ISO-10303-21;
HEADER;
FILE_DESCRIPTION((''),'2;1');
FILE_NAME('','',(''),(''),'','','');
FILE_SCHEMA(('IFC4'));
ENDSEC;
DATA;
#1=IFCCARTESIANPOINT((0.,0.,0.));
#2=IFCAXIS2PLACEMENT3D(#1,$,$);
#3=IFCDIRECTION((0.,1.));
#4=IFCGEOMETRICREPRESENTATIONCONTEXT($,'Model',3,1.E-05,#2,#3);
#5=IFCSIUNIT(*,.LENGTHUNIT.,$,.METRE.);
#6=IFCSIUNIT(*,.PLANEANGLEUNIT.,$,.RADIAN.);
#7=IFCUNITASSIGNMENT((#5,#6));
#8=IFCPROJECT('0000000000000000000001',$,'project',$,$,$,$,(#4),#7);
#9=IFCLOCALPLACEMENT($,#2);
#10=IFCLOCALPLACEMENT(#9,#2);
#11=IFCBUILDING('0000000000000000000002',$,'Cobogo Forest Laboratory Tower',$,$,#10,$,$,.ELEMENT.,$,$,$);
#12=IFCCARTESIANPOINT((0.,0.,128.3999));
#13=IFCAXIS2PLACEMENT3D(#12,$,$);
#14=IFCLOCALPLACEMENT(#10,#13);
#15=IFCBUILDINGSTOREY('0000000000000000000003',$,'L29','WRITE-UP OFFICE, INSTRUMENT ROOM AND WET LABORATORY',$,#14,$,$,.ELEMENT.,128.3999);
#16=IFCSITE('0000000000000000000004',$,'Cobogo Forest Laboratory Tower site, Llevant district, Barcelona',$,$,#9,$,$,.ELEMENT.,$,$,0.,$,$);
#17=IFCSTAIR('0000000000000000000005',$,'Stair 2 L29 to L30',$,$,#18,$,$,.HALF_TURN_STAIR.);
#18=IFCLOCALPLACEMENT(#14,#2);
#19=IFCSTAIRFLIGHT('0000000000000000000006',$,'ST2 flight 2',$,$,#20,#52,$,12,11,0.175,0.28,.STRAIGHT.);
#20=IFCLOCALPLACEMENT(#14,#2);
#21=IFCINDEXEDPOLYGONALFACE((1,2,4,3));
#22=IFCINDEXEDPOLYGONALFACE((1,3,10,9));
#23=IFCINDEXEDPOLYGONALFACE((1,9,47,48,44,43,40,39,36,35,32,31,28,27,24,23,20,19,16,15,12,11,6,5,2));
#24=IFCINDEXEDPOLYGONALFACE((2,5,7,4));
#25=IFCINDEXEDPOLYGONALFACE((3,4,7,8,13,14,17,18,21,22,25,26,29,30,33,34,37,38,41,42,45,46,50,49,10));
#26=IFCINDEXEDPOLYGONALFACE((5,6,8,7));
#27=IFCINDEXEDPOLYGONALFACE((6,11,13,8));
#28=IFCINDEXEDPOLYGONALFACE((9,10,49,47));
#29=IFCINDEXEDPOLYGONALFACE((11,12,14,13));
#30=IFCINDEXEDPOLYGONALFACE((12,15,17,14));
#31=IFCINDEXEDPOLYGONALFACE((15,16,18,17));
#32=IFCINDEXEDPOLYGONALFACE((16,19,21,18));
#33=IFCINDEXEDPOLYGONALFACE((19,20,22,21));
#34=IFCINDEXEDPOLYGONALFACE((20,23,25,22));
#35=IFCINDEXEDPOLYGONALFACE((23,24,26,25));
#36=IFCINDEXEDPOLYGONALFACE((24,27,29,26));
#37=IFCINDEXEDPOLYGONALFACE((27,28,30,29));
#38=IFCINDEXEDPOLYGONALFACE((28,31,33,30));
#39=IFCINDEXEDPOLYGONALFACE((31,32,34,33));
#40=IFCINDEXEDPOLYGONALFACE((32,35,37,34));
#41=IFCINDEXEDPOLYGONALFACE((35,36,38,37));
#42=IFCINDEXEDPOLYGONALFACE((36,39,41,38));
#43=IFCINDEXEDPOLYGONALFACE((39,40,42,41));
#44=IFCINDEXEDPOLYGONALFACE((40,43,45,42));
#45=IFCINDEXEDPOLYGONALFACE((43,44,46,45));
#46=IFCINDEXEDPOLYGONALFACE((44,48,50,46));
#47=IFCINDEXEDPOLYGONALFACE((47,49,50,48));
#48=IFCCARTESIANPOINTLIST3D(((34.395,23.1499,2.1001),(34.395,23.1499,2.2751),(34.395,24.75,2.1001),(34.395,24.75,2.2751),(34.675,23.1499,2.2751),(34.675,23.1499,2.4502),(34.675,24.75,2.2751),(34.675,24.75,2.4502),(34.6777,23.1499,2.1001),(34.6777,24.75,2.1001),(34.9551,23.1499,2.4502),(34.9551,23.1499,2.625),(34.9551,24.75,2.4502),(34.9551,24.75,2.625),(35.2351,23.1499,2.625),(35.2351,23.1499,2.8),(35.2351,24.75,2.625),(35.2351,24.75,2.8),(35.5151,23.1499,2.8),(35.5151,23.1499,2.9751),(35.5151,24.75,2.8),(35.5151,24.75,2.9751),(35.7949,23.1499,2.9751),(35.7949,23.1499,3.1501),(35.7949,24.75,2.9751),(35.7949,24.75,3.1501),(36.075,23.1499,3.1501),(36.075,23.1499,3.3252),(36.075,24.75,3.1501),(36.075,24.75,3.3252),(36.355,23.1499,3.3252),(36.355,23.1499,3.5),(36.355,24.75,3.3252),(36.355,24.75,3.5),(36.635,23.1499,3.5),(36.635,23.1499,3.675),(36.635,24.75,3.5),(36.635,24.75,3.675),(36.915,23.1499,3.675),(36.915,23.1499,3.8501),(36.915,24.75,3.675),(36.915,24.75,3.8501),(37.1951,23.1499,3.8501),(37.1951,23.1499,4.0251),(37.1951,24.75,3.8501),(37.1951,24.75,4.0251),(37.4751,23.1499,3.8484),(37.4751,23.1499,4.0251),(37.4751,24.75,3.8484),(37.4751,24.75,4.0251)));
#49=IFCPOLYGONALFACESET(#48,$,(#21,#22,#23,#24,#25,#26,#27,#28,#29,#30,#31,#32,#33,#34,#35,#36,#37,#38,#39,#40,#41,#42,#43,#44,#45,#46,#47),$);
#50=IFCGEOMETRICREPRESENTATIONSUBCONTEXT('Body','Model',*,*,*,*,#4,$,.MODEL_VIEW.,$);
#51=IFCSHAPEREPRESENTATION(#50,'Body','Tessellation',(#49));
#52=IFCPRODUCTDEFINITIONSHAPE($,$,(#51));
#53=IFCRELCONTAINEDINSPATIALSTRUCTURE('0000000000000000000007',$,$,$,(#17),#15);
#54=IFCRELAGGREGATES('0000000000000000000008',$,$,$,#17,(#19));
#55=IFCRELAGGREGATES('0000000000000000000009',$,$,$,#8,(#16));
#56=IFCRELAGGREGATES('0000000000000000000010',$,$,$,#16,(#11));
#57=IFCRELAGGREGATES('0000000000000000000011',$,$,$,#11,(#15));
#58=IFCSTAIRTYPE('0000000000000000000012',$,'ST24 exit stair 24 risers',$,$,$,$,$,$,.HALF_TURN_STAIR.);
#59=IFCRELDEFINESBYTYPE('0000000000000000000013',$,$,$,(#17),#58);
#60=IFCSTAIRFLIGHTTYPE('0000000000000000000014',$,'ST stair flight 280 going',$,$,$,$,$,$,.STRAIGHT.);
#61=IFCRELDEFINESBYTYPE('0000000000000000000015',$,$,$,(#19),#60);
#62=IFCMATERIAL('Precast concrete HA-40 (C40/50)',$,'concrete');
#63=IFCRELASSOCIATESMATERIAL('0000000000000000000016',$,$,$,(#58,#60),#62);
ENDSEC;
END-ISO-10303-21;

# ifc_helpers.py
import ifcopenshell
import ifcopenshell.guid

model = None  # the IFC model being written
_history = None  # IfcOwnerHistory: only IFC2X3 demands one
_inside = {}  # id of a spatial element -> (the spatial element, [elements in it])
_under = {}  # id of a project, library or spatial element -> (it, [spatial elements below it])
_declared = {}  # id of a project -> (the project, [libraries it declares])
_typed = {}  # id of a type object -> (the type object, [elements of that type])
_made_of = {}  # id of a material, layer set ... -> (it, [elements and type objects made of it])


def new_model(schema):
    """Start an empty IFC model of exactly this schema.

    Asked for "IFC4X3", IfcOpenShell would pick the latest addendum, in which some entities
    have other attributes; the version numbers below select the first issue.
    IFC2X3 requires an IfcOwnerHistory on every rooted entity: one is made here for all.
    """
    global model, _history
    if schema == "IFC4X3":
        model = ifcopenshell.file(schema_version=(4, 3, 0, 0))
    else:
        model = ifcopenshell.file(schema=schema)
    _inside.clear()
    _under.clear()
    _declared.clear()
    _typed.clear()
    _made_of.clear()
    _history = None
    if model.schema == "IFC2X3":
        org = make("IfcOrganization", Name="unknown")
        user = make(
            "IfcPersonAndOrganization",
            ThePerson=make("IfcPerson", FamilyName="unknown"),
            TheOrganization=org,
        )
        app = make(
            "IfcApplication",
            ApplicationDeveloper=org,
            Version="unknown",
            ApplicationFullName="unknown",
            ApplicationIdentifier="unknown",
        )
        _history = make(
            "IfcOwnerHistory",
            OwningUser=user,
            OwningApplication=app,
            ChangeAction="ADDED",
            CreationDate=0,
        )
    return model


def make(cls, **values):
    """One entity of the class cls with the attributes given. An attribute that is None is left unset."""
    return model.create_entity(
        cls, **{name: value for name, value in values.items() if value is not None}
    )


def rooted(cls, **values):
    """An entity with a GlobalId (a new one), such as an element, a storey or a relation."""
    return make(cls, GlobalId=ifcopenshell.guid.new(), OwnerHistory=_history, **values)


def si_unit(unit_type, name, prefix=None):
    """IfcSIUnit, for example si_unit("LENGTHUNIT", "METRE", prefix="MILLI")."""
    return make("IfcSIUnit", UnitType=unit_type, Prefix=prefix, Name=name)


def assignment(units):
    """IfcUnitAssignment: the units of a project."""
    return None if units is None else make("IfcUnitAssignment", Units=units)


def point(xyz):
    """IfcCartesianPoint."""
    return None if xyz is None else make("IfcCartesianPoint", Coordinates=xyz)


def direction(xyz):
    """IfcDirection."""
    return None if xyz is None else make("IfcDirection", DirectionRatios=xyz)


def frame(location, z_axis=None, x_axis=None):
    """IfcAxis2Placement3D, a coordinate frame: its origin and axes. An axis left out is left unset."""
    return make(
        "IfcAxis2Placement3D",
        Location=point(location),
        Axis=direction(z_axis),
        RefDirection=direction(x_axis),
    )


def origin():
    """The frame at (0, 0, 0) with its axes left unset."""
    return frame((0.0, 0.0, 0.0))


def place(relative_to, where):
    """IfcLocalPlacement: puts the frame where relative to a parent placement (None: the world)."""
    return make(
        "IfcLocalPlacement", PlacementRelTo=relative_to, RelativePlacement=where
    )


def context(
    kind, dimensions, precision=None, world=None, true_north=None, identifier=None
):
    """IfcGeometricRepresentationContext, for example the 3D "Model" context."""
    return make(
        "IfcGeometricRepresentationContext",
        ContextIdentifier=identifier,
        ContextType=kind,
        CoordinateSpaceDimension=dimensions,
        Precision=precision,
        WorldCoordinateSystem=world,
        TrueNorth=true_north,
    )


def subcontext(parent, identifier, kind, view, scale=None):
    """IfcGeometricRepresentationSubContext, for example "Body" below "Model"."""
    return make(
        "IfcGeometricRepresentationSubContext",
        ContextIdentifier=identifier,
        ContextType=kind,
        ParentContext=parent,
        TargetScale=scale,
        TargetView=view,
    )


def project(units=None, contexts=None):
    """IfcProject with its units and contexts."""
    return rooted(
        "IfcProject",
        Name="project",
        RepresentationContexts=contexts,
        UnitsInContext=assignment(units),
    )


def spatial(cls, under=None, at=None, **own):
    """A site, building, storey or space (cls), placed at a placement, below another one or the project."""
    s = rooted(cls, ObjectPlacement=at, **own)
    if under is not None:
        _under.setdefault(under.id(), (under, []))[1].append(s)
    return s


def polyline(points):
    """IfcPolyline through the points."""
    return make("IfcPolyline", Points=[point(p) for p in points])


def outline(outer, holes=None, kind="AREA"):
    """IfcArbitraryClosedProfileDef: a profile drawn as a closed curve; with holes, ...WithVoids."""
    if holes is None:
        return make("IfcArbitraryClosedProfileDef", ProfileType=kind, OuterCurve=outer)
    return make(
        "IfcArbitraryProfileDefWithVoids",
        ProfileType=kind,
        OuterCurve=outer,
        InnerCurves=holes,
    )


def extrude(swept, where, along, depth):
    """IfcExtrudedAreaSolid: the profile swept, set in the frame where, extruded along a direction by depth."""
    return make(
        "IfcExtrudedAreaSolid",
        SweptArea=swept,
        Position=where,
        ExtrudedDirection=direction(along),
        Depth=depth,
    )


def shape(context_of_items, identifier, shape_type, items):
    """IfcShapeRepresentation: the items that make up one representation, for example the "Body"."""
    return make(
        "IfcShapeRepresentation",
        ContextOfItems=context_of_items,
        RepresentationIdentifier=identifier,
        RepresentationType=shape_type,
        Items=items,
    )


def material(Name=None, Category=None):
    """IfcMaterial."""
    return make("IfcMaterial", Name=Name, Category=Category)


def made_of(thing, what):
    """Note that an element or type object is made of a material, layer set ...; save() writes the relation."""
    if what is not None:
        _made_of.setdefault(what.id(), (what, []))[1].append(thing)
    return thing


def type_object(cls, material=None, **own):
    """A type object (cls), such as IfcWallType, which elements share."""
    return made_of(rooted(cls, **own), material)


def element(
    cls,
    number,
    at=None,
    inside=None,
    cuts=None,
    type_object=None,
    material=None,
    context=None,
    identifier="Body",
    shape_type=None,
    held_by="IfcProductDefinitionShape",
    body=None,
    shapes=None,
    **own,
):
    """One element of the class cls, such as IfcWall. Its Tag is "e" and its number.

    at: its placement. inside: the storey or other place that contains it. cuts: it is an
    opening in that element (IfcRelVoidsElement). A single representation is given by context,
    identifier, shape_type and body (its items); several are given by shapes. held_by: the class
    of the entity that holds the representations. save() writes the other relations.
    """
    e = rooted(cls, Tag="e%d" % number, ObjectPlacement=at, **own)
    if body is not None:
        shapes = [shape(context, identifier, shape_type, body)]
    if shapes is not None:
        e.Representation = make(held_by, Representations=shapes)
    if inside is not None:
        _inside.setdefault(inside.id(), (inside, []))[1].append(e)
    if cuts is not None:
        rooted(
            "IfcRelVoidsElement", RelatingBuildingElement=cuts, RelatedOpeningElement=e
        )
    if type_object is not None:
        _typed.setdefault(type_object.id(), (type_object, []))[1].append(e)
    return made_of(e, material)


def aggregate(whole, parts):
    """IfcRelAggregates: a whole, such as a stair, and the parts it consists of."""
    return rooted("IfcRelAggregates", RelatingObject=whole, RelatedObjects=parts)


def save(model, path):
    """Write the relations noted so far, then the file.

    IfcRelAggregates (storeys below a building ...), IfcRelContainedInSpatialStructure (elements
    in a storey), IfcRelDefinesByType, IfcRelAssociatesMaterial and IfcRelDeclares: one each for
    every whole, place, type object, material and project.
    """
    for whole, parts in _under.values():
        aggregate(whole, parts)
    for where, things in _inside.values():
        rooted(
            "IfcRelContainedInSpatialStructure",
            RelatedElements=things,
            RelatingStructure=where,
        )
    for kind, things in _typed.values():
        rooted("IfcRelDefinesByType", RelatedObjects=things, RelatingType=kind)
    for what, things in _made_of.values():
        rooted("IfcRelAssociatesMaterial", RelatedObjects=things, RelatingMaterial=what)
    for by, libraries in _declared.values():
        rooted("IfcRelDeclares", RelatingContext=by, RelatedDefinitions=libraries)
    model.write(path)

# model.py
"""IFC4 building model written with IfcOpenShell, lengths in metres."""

from ifc_helpers import new_model, si_unit, direction, frame, origin, place, context, subcontext, project, spatial, polyline, outline, extrude, material, type_object, element, aggregate, save


model = new_model("IFC4")

# Units and contexts
model_context = context("Model", 3, precision=1e-05, world=origin(), true_north=direction((0.0, 1.0)))
body_context = subcontext(model_context, "Body", "Model", "MODEL_VIEW")
ifc_project = project(units=[si_unit("LENGTHUNIT", "METRE"), si_unit("PLANEANGLEUNIT", "RADIAN")], contexts=[model_context])

# Site, building, storey
site_placement = place(None, origin())
site = spatial("IfcSite", under=ifc_project, at=site_placement, Name="Cobogo Forest Laboratory Tower site, Llevant district, Barcelona", CompositionType="ELEMENT", RefElevation=0.0)
building_placement = place(site_placement, origin())
building = spatial("IfcBuilding", under=site, at=building_placement, Name="Cobogo Forest Laboratory Tower", CompositionType="ELEMENT")
storey_placement = place(building_placement, frame((0.0, 0.0, 128.3999)))
storey = spatial("IfcBuildingStorey", under=building, at=storey_placement, Name="L29", Description="WRITE-UP OFFICE, INSTRUMENT ROOM AND WET LABORATORY", CompositionType="ELEMENT", Elevation=128.3999)

# Stair, stair flight
ifc_material_1 = material(Name="Precast concrete HA-40 (C40/50)", Category="concrete")
stair_type = type_object("IfcStairType", Name="ST24 exit stair 24 risers", PredefinedType="HALF_TURN_STAIR", material=ifc_material_1)
stair_placement = place(storey_placement, origin())
stair = element("IfcStair", 1, at=stair_placement, inside=storey, type_object=stair_type, Name="Stair 2 L29 to L30", PredefinedType="HALF_TURN_STAIR")
stair_flight_type = type_object("IfcStairFlightType", Name="ST stair flight 280 going", PredefinedType="STRAIGHT", material=ifc_material_1)
stair_flight_1_placement = place(storey_placement, frame((34.395, 23.95, 2.1001), z_axis=(0.0, 0.0, 1.0), x_axis=(1.0, 0.0, 0.0)))
stair_flight_1 = element("IfcStairFlight", 2, at=stair_flight_1_placement, type_object=stair_flight_type, Name="ST2 flight 2", NumberOfRisers=12, NumberOfTreads=11, PredefinedType="STRAIGHT", RiserHeight=0.175, TreadLength=0.28, context=body_context, shape_type="SweptSolid", body=[
    extrude(outline(polyline([(0.0, 0.0), (0.0, 0.175), (0.28, 0.175), (0.28, 0.3501), (0.5601, 0.3501), (0.5601, 0.5249), (0.8401, 0.5249), (0.8401, 0.7), (1.1201, 0.7), (1.1201, 0.875), (1.3999, 0.875), (1.3999, 1.05), (1.6799, 1.05), (1.6799, 1.2251), (1.96, 1.2251), (1.96, 1.3999), (2.24, 1.3999), (2.24, 1.575), (2.52, 1.575), (2.52, 1.75), (2.8, 1.75), (2.8, 1.925), (3.0801, 1.925), (3.0801, 2.1001), (3.0801, 1.7483), (0.2827, 0.0), (0.0, 0.0)])), frame((0.0, 0.8, 0.0), z_axis=(0.0, -1.0, 0.0), x_axis=(1.0, 0.0, 0.0)), (0.0, 0.0, 1.0), 1.6001),
])
aggregate(stair, [stair_flight_1])

save(model, "model.ifc")
